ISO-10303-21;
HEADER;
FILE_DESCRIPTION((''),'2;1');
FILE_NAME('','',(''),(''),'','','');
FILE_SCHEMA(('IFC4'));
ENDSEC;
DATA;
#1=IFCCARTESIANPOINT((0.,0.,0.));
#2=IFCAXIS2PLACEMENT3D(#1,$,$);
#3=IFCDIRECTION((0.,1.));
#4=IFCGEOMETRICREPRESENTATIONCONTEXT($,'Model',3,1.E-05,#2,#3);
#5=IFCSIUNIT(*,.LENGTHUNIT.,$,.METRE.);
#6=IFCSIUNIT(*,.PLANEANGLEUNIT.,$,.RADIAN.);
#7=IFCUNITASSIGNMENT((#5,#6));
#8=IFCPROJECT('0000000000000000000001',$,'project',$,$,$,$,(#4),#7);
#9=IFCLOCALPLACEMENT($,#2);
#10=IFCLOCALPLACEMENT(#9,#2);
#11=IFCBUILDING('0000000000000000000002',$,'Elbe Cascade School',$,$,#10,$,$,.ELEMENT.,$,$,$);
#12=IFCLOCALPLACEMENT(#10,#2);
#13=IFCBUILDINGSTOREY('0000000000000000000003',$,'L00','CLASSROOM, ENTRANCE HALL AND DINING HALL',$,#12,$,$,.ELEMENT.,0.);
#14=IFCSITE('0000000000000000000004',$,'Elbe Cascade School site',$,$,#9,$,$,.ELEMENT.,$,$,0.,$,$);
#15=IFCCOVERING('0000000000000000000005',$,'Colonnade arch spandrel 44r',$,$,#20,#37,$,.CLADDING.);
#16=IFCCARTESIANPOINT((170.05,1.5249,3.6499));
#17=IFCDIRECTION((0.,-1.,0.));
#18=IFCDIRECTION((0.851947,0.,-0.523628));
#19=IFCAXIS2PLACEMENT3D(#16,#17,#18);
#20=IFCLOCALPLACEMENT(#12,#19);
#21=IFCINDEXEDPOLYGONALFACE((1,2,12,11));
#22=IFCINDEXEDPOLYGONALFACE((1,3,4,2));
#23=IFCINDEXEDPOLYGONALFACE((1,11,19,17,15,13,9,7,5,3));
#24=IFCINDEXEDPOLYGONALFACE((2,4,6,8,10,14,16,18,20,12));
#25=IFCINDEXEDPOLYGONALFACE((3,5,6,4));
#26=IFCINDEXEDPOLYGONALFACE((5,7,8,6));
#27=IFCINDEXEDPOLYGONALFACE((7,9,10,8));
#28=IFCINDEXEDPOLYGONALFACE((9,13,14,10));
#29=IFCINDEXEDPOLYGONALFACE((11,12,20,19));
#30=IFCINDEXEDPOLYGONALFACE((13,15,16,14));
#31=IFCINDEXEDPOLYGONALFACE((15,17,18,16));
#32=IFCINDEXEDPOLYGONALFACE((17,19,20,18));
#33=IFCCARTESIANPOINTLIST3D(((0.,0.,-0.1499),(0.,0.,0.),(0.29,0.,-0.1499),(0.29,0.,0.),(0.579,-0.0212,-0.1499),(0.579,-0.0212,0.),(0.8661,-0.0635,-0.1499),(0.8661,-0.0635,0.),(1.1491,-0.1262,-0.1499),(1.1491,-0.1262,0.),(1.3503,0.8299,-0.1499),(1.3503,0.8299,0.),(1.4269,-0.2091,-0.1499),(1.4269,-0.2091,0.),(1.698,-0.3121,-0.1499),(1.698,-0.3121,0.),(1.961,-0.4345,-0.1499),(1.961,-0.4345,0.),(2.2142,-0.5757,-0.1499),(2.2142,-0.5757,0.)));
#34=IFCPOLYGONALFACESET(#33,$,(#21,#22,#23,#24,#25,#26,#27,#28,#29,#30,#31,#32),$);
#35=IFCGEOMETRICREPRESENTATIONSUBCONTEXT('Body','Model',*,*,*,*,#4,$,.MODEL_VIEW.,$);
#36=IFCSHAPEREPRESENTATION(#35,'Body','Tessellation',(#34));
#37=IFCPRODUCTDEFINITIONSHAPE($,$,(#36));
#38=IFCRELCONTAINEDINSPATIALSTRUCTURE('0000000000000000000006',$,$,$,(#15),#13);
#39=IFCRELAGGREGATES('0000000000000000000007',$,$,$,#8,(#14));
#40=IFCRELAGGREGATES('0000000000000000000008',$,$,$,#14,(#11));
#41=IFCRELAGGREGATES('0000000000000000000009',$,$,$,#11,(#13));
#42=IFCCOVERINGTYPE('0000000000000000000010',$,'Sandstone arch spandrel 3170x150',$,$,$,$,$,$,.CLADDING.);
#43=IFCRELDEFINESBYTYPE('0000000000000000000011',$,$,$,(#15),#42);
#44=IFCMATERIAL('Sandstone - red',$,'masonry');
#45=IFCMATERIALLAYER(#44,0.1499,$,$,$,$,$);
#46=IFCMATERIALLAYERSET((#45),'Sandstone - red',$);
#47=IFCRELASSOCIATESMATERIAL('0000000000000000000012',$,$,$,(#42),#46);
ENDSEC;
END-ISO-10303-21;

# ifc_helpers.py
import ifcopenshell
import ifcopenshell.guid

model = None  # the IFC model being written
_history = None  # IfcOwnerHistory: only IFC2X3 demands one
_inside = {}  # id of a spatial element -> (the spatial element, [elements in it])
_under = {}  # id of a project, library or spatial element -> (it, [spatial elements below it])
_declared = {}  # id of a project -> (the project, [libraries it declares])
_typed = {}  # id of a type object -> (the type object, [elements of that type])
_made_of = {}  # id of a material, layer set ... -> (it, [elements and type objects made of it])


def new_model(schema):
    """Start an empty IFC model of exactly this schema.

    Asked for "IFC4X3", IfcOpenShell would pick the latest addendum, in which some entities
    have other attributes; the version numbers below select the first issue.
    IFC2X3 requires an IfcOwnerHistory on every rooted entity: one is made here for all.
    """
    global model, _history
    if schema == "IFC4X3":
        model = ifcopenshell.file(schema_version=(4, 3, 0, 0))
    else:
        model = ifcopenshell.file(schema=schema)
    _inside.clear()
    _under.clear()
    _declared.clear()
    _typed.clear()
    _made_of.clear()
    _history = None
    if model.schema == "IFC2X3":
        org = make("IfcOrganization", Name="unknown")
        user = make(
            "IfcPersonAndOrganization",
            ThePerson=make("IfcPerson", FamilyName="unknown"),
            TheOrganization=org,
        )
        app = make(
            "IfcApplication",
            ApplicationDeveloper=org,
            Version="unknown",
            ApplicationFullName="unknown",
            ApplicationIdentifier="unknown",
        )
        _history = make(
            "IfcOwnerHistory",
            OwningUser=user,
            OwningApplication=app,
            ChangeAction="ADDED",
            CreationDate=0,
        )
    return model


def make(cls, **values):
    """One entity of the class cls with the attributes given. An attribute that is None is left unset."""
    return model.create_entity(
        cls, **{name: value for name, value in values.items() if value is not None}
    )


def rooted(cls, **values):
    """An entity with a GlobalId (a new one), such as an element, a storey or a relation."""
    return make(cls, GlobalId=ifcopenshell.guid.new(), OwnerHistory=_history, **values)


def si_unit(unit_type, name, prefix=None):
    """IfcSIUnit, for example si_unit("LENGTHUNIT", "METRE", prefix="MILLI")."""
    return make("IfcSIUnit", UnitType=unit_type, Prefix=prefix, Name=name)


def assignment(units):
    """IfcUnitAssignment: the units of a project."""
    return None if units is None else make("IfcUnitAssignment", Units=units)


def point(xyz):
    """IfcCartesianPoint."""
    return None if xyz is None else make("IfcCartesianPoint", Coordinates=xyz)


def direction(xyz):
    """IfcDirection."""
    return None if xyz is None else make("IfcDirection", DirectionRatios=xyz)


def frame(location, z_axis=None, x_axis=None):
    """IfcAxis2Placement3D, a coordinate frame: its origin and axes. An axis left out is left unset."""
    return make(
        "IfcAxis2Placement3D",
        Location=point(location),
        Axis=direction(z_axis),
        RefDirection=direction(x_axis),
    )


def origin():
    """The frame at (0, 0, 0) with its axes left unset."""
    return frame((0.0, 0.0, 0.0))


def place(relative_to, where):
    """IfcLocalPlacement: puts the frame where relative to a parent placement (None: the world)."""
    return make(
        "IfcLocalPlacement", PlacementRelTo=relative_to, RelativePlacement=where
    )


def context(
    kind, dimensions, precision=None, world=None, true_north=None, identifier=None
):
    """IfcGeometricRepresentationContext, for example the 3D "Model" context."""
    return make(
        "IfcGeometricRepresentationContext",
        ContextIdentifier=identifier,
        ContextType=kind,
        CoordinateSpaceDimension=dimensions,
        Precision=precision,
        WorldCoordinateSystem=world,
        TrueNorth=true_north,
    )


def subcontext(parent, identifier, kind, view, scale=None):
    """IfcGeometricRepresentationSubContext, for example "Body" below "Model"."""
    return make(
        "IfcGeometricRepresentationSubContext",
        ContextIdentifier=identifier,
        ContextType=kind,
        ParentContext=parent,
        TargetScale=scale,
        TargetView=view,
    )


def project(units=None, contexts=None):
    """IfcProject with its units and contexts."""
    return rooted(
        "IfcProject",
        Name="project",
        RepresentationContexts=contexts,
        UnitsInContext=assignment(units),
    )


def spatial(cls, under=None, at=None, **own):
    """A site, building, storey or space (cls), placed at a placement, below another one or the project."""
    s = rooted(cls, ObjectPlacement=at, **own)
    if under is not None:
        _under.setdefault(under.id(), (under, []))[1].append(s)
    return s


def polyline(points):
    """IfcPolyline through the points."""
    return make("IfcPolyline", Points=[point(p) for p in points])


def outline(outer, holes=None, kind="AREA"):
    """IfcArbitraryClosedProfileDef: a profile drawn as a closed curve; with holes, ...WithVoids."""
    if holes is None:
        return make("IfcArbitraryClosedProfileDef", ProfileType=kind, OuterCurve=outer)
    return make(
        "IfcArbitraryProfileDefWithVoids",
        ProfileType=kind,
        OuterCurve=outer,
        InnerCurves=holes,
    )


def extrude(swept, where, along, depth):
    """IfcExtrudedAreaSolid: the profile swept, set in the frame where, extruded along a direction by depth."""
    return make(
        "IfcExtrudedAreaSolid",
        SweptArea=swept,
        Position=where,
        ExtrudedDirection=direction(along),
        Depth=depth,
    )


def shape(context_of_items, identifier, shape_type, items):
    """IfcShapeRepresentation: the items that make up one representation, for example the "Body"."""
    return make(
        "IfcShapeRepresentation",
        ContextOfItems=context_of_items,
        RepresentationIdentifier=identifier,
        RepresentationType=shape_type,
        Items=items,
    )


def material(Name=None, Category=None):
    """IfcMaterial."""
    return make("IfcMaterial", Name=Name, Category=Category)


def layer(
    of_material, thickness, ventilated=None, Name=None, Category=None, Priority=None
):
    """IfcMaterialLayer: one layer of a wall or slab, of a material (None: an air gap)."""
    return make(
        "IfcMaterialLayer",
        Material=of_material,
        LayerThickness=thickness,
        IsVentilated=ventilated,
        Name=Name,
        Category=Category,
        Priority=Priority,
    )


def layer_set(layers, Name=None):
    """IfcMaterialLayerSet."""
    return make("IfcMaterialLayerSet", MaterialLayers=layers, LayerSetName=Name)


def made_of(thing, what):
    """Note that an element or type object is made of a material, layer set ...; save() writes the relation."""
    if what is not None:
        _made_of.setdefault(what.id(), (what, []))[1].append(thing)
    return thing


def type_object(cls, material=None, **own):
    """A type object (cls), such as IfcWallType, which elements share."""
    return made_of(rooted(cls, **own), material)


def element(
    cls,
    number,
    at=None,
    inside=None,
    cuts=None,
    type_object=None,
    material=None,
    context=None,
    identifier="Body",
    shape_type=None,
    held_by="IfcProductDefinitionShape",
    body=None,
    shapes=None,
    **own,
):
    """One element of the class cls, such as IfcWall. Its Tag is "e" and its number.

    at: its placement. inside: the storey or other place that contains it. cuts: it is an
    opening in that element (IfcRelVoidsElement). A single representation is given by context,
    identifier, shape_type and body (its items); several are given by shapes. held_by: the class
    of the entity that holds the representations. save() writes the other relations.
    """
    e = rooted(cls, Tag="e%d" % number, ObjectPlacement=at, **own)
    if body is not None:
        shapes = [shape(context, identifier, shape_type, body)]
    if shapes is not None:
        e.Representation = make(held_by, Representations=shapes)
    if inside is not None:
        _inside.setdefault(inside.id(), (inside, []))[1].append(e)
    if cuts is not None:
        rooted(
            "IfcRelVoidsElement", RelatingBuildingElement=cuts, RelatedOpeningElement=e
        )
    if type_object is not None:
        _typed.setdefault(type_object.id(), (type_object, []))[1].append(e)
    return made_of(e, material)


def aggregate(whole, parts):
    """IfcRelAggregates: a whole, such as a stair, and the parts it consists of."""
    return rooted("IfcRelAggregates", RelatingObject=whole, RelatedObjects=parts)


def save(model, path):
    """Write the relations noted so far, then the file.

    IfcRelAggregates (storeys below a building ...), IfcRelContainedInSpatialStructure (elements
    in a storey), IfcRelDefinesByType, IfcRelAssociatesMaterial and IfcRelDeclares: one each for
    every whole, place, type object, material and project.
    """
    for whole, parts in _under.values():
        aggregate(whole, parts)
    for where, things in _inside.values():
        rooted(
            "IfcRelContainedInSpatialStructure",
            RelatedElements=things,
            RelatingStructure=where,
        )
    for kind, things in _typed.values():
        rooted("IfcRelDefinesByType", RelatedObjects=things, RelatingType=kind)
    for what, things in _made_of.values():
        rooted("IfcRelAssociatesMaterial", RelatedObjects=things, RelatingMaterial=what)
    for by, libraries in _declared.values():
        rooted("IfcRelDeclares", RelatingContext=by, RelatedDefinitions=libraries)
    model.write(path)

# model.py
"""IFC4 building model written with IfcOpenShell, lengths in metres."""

from ifc_helpers import new_model, si_unit, direction, frame, origin, place, context, subcontext, project, spatial, polyline, outline, extrude, material, layer, layer_set, type_object, element, save


model = new_model("IFC4")

# Units and contexts
model_context = context("Model", 3, precision=1e-05, world=origin(), true_north=direction((0.0, 1.0)))
body_context = subcontext(model_context, "Body", "Model", "MODEL_VIEW")
ifc_project = project(units=[si_unit("LENGTHUNIT", "METRE"), si_unit("PLANEANGLEUNIT", "RADIAN")], contexts=[model_context])

# Site, building, storey
site_placement = place(None, origin())
site = spatial("IfcSite", under=ifc_project, at=site_placement, Name="Elbe Cascade School site", CompositionType="ELEMENT", RefElevation=0.0)
building_placement = place(site_placement, origin())
building = spatial("IfcBuilding", under=site, at=building_placement, Name="Elbe Cascade School", CompositionType="ELEMENT")
storey_placement = place(building_placement, origin())
storey = spatial("IfcBuildingStorey", under=building, at=storey_placement, Name="L00", Description="CLASSROOM, ENTRANCE HALL AND DINING HALL", CompositionType="ELEMENT", Elevation=0.0)

# Covering
ifc_material_1 = material(Name="Sandstone - red", Category="masonry")
ifc_layer_1 = layer(ifc_material_1, 0.1499)
ifc_layer_set_1 = layer_set([ifc_layer_1], Name="Sandstone - red")
covering_type_1 = type_object("IfcCoveringType", Name="Sandstone arch spandrel 3170x150", PredefinedType="CLADDING", material=ifc_layer_set_1)
covering_1_placement = place(storey_placement, frame((170.05, 1.5249, 3.6499), z_axis=(0.0, -1.0, 0.0), x_axis=(0.851947, 0.0, -0.523628)))
element("IfcCovering", 1, at=covering_1_placement, inside=storey, type_object=covering_type_1, Name="Colonnade arch spandrel 44r", PredefinedType="CLADDING", context=body_context, shape_type="SweptSolid", body=[
    extrude(outline(polyline([(0.0, 0.0), (0.29, 0.0), (0.579, -0.0212), (0.8661, -0.0635), (1.1491, -0.1262), (1.4269, -0.2091), (1.698, -0.3121), (1.961, -0.4345), (2.2142, -0.5757), (1.3503, 0.8299), (0.0, 0.0)])), origin(), (0.0, 0.0, -1.0), 0.1499),
])

save(model, "model.ifc")
